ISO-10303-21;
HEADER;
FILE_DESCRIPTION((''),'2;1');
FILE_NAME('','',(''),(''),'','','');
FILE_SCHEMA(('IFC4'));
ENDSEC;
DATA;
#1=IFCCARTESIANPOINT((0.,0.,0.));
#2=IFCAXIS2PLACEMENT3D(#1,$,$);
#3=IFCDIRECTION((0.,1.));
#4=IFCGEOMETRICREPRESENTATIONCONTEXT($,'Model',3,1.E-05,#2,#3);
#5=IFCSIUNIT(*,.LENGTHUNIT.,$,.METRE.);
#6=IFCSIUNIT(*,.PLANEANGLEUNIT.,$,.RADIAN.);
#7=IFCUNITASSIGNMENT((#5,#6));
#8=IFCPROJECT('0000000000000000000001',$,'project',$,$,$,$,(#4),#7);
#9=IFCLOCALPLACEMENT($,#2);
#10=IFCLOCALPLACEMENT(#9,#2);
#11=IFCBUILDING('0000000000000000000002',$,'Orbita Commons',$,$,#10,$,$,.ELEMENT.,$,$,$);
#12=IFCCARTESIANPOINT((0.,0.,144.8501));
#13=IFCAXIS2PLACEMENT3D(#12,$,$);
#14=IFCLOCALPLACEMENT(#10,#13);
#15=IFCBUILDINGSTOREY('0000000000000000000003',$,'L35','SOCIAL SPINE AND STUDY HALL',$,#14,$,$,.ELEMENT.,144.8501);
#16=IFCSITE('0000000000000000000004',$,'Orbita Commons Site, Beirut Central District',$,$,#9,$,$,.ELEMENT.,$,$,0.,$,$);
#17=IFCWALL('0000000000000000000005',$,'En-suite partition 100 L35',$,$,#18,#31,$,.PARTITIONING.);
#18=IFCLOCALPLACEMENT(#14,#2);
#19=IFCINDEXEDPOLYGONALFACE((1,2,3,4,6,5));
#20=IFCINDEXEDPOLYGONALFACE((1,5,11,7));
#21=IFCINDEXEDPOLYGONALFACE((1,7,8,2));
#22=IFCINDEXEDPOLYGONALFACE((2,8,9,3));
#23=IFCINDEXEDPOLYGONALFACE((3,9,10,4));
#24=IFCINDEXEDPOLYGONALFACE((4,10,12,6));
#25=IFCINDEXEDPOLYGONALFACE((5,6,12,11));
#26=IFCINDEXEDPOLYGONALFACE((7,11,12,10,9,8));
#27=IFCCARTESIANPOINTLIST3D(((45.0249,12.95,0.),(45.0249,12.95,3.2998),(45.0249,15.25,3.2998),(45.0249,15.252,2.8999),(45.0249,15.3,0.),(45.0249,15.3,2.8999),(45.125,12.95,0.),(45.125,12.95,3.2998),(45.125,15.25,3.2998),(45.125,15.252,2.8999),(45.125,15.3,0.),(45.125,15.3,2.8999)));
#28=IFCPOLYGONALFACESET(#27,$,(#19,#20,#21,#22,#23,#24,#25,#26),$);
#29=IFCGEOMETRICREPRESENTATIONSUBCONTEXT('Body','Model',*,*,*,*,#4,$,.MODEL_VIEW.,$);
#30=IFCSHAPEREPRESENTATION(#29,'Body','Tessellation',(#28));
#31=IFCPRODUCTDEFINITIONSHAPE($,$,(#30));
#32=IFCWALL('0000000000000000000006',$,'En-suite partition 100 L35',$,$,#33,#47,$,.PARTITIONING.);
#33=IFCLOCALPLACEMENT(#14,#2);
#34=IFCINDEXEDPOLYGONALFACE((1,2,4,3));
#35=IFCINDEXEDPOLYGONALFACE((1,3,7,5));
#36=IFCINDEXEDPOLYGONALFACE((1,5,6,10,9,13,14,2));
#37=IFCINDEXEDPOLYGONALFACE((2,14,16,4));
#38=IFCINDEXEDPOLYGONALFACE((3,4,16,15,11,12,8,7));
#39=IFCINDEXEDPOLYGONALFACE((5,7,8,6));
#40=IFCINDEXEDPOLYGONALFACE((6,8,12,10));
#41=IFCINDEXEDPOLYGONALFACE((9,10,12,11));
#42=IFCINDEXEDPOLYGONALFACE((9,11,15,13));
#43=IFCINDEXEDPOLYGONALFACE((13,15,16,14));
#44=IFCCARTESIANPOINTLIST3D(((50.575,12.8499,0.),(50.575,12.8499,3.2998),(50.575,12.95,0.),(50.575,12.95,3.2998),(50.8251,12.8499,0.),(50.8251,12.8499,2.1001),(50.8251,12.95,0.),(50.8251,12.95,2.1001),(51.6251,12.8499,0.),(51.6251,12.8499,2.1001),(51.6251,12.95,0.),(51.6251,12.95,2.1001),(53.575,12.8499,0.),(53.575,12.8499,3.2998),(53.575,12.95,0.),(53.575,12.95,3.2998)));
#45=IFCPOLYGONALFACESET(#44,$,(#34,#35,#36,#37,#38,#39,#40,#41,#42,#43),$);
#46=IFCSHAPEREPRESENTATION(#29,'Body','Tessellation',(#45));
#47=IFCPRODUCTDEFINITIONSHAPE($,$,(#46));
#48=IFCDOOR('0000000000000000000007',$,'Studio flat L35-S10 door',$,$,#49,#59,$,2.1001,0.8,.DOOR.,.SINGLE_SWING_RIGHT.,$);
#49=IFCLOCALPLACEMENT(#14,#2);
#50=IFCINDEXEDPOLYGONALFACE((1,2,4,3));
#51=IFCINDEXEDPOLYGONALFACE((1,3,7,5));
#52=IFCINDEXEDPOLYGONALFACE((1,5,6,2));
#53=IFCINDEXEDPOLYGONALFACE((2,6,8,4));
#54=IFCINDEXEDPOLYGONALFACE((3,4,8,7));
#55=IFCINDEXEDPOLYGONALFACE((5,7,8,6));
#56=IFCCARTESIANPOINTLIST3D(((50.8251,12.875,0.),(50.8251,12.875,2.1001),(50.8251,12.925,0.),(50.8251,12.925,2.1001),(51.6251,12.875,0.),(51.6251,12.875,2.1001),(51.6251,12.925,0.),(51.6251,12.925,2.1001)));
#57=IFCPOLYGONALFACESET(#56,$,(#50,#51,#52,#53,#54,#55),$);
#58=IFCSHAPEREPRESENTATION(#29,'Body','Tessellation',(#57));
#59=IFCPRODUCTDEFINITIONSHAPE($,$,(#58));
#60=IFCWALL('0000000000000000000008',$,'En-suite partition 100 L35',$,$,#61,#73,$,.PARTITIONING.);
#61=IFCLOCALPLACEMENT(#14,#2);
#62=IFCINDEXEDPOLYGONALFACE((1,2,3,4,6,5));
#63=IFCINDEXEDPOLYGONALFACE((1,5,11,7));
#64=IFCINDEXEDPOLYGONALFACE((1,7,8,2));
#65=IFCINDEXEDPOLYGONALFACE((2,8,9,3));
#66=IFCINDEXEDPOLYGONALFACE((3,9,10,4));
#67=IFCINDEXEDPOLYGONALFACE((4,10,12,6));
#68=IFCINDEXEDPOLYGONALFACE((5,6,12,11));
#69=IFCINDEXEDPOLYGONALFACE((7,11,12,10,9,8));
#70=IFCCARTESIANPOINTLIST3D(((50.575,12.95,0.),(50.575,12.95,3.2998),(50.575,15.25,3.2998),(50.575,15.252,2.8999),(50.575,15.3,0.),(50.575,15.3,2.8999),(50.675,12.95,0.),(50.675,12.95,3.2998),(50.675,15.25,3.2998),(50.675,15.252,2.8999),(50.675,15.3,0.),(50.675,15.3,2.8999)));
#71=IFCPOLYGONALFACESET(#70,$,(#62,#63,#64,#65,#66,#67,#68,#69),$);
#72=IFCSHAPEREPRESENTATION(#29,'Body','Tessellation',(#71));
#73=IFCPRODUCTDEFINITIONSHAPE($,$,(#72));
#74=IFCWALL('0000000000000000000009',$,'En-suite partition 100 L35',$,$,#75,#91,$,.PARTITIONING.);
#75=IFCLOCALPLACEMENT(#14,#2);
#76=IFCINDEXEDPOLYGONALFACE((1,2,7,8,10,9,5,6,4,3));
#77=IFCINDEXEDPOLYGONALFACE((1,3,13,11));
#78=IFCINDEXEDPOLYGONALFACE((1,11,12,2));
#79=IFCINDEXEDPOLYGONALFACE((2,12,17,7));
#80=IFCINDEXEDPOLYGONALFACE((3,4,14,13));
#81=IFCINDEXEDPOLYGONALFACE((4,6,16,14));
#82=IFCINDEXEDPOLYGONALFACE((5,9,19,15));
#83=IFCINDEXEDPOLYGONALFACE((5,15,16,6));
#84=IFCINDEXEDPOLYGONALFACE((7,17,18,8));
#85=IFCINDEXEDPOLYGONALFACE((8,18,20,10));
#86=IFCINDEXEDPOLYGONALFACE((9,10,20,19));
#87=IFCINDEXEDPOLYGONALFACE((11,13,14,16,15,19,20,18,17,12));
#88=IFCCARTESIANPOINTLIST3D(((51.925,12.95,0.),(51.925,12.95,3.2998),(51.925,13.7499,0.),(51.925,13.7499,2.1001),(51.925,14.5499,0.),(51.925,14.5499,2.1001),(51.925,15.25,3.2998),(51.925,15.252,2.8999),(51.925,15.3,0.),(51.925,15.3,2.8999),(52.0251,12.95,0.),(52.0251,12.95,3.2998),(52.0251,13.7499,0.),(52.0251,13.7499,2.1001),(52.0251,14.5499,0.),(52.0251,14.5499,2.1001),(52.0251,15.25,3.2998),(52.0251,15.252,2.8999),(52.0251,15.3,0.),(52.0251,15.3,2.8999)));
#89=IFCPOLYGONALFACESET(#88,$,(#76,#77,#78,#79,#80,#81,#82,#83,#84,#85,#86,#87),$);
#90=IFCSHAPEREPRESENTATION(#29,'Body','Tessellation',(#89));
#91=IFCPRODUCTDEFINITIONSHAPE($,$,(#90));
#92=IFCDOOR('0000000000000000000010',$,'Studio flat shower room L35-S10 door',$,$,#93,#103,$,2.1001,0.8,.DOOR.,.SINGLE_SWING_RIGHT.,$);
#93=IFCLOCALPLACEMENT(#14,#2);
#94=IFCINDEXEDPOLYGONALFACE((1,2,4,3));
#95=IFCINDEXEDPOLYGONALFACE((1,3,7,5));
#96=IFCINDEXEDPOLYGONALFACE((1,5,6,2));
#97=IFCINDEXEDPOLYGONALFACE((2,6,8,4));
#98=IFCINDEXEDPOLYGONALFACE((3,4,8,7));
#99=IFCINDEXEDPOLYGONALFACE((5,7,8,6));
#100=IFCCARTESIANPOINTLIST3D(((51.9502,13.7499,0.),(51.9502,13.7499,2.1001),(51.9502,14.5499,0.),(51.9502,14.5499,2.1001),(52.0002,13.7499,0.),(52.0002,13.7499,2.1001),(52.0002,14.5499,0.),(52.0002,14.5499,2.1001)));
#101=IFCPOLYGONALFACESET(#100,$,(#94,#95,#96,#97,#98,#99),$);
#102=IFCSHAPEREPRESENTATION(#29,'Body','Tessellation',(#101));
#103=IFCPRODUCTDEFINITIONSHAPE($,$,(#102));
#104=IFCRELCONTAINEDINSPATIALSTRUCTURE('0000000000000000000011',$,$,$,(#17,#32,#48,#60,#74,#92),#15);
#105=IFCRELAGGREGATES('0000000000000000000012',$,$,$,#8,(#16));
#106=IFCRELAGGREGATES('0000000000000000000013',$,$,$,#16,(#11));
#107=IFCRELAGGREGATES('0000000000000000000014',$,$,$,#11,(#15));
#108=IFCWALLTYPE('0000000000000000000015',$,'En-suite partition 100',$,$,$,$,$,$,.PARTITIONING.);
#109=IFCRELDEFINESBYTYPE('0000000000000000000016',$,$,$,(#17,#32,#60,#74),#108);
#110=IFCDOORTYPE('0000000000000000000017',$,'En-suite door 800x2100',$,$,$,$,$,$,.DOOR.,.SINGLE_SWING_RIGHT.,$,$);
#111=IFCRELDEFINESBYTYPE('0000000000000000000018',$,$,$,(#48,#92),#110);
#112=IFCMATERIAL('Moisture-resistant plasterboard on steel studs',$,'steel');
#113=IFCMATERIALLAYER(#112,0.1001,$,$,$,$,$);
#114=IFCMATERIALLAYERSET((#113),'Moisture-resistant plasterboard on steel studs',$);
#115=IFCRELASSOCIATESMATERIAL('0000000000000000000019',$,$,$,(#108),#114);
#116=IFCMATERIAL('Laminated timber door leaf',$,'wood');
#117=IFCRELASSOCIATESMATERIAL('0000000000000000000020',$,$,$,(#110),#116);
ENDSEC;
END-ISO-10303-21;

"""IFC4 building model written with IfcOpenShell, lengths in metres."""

from ifc_helpers import new_model, si_unit, direction, frame, frame_2d, origin, place, context, subcontext, project, spatial, polyline, rectangle, outline, extrude, material, layer, layer_set, type_object, element, fill, save


model = new_model("IFC4")

# Units and contexts
model_context = context("Model", 3, precision=1e-05, world=origin(), true_north=direction((0.0, 1.0)))
body_context = subcontext(model_context, "Body", "Model", "MODEL_VIEW")
ifc_project = project(units=[si_unit("LENGTHUNIT", "METRE"), si_unit("PLANEANGLEUNIT", "RADIAN")], contexts=[model_context])

# Site, building, storey
site_placement = place(None, origin())
site = spatial("IfcSite", under=ifc_project, at=site_placement, Name="Orbita Commons Site, Beirut Central District", CompositionType="ELEMENT", RefElevation=0.0)
building_placement = place(site_placement, origin())
building = spatial("IfcBuilding", under=site, at=building_placement, Name="Orbita Commons", CompositionType="ELEMENT")
storey_placement = place(building_placement, frame((0.0, 0.0, 144.8501)))
storey = spatial("IfcBuildingStorey", under=building, at=storey_placement, Name="L35", Description="SOCIAL SPINE AND STUDY HALL", CompositionType="ELEMENT", Elevation=144.8501)

# Shared definitions
ifc_material_1 = material(Name="Moisture-resistant plasterboard on steel studs", Category="steel")
ifc_layer_1 = layer(ifc_material_1, 0.1001)
ifc_layer_set_1 = layer_set([ifc_layer_1], Name="Moisture-resistant plasterboard on steel studs")
wall_type_1 = type_object("IfcWallType", Name="En-suite partition 100", PredefinedType="PARTITIONING", material=ifc_layer_set_1)

# Wall
wall_1_placement = place(storey_placement, frame((45.075, 12.95, 0.0), z_axis=(0.0, 0.0, 1.0), x_axis=(0.0, 1.0, 0.0)))
element("IfcWall", 1, at=wall_1_placement, inside=storey, type_object=wall_type_1, Name="En-suite partition 100 L35", PredefinedType="PARTITIONING", context=body_context, shape_type="SweptSolid", body=[
    extrude(outline(polyline([(0.0, 0.0), (2.3501, 0.0), (2.3501, 2.8999), (2.302, 2.8999), (2.3, 3.2998), (0.0, 3.2998), (0.0, 0.0)])), frame((0.0, 0.05, 0.0), z_axis=(0.0, -1.0, 0.0), x_axis=(1.0, 0.0, 0.0)), (0.0, 0.0, 1.0), 0.1001),
])

# Wall, opening, door
wall_2_placement = place(storey_placement, frame((53.575, 12.8999, 0.0), z_axis=(0.0, 0.0, 1.0), x_axis=(-1.0, 0.0, 0.0)))
wall_2 = element("IfcWall", 2, at=wall_2_placement, inside=storey, type_object=wall_type_1, Name="En-suite partition 100 L35", PredefinedType="PARTITIONING", context=body_context, shape_type="SweptSolid", body=[
    extrude(rectangle(XDim=3.0, YDim=0.1001, at=frame_2d((1.5, 0.0))), origin(), (0.0, 0.0, 1.0), 3.2998),
])
opening_1_placement = place(wall_2_placement, frame((1.95, 0.0, 0.0)))
opening_1 = element("IfcOpeningElement", 3, at=opening_1_placement, cuts=wall_2, PredefinedType="OPENING", context=body_context, shape_type="SweptSolid", body=[
    extrude(rectangle(XDim=0.8, YDim=2.1001, at=frame_2d((0.3999, 1.05))), frame((0.0, 0.0601, 0.0), z_axis=(0.0, -1.0, 0.0), x_axis=(1.0, 0.0, 0.0)), (0.0, 0.0, 1.0), 0.1201),
])
ifc_material_2 = material(Name="Laminated timber door leaf", Category="wood")
door_type_1 = type_object("IfcDoorType", Name="En-suite door 800x2100", OperationType="SINGLE_SWING_RIGHT", PredefinedType="DOOR", material=ifc_material_2)
door_1_placement = place(opening_1_placement, origin())
door_1 = element("IfcDoor", 4, at=door_1_placement, inside=storey, type_object=door_type_1, Name="Studio flat L35-S10 door", OperationType="SINGLE_SWING_RIGHT", OverallHeight=2.1001, OverallWidth=0.8, PredefinedType="DOOR", context=body_context, shape_type="SweptSolid", body=[
    extrude(rectangle(XDim=0.8, YDim=2.1001, at=frame_2d((0.3999, 1.05))), frame((0.0, 0.0249, 0.0), z_axis=(0.0, -1.0, 0.0), x_axis=(1.0, 0.0, 0.0)), (0.0, 0.0, 1.0), 0.05),
])
fill(opening_1, door_1)

# Wall
wall_3_placement = place(storey_placement, frame((50.625, 12.95, 0.0), z_axis=(0.0, 0.0, 1.0), x_axis=(0.0, 1.0, 0.0)))
element("IfcWall", 5, at=wall_3_placement, inside=storey, type_object=wall_type_1, Name="En-suite partition 100 L35", PredefinedType="PARTITIONING", context=body_context, shape_type="SweptSolid", body=[
    extrude(outline(polyline([(0.0, 0.0), (2.3501, 0.0), (2.3501, 2.8999), (2.302, 2.8999), (2.3, 3.2998), (0.0, 3.2998), (0.0, 0.0)])), frame((0.0, 0.05, 0.0), z_axis=(0.0, -1.0, 0.0), x_axis=(1.0, 0.0, 0.0)), (0.0, 0.0, 1.0), 0.1001),
])

# Wall, opening, door
wall_4_placement = place(storey_placement, frame((51.9751, 12.95, 0.0), z_axis=(0.0, 0.0, 1.0), x_axis=(0.0, 1.0, 0.0)))
wall_4 = element("IfcWall", 6, at=wall_4_placement, inside=storey, type_object=wall_type_1, Name="En-suite partition 100 L35", PredefinedType="PARTITIONING", context=body_context, shape_type="SweptSolid", body=[
    extrude(outline(polyline([(0.0, 0.0), (2.3501, 0.0), (2.3501, 2.8999), (2.302, 2.8999), (2.3, 3.2998), (0.0, 3.2998), (0.0, 0.0)])), frame((0.0, 0.05, 0.0), z_axis=(0.0, -1.0, 0.0), x_axis=(1.0, 0.0, 0.0)), (0.0, 0.0, 1.0), 0.1001),
])
opening_2_placement = place(wall_4_placement, frame((0.8, 0.0, 0.0)))
opening_2 = element("IfcOpeningElement", 7, at=opening_2_placement, cuts=wall_4, PredefinedType="OPENING", context=body_context, shape_type="SweptSolid", body=[
    extrude(rectangle(XDim=0.8, YDim=2.1001, at=frame_2d((0.3999, 1.05))), frame((0.0, 0.0601, 0.0), z_axis=(0.0, -1.0, 0.0), x_axis=(1.0, 0.0, 0.0)), (0.0, 0.0, 1.0), 0.1201),
])
door_2_placement = place(opening_2_placement, origin())
door_2 = element("IfcDoor", 8, at=door_2_placement, inside=storey, type_object=door_type_1, Name="Studio flat shower room L35-S10 door", OperationType="SINGLE_SWING_RIGHT", OverallHeight=2.1001, OverallWidth=0.8, PredefinedType="DOOR", context=body_context, shape_type="SweptSolid", body=[
    extrude(rectangle(XDim=0.8, YDim=2.1001, at=frame_2d((0.3999, 1.05))), frame((0.0, 0.0249, 0.0), z_axis=(0.0, -1.0, 0.0), x_axis=(1.0, 0.0, 0.0)), (0.0, 0.0, 1.0), 0.05),
])
fill(opening_2, door_2)

save(model, "model.ifc")
